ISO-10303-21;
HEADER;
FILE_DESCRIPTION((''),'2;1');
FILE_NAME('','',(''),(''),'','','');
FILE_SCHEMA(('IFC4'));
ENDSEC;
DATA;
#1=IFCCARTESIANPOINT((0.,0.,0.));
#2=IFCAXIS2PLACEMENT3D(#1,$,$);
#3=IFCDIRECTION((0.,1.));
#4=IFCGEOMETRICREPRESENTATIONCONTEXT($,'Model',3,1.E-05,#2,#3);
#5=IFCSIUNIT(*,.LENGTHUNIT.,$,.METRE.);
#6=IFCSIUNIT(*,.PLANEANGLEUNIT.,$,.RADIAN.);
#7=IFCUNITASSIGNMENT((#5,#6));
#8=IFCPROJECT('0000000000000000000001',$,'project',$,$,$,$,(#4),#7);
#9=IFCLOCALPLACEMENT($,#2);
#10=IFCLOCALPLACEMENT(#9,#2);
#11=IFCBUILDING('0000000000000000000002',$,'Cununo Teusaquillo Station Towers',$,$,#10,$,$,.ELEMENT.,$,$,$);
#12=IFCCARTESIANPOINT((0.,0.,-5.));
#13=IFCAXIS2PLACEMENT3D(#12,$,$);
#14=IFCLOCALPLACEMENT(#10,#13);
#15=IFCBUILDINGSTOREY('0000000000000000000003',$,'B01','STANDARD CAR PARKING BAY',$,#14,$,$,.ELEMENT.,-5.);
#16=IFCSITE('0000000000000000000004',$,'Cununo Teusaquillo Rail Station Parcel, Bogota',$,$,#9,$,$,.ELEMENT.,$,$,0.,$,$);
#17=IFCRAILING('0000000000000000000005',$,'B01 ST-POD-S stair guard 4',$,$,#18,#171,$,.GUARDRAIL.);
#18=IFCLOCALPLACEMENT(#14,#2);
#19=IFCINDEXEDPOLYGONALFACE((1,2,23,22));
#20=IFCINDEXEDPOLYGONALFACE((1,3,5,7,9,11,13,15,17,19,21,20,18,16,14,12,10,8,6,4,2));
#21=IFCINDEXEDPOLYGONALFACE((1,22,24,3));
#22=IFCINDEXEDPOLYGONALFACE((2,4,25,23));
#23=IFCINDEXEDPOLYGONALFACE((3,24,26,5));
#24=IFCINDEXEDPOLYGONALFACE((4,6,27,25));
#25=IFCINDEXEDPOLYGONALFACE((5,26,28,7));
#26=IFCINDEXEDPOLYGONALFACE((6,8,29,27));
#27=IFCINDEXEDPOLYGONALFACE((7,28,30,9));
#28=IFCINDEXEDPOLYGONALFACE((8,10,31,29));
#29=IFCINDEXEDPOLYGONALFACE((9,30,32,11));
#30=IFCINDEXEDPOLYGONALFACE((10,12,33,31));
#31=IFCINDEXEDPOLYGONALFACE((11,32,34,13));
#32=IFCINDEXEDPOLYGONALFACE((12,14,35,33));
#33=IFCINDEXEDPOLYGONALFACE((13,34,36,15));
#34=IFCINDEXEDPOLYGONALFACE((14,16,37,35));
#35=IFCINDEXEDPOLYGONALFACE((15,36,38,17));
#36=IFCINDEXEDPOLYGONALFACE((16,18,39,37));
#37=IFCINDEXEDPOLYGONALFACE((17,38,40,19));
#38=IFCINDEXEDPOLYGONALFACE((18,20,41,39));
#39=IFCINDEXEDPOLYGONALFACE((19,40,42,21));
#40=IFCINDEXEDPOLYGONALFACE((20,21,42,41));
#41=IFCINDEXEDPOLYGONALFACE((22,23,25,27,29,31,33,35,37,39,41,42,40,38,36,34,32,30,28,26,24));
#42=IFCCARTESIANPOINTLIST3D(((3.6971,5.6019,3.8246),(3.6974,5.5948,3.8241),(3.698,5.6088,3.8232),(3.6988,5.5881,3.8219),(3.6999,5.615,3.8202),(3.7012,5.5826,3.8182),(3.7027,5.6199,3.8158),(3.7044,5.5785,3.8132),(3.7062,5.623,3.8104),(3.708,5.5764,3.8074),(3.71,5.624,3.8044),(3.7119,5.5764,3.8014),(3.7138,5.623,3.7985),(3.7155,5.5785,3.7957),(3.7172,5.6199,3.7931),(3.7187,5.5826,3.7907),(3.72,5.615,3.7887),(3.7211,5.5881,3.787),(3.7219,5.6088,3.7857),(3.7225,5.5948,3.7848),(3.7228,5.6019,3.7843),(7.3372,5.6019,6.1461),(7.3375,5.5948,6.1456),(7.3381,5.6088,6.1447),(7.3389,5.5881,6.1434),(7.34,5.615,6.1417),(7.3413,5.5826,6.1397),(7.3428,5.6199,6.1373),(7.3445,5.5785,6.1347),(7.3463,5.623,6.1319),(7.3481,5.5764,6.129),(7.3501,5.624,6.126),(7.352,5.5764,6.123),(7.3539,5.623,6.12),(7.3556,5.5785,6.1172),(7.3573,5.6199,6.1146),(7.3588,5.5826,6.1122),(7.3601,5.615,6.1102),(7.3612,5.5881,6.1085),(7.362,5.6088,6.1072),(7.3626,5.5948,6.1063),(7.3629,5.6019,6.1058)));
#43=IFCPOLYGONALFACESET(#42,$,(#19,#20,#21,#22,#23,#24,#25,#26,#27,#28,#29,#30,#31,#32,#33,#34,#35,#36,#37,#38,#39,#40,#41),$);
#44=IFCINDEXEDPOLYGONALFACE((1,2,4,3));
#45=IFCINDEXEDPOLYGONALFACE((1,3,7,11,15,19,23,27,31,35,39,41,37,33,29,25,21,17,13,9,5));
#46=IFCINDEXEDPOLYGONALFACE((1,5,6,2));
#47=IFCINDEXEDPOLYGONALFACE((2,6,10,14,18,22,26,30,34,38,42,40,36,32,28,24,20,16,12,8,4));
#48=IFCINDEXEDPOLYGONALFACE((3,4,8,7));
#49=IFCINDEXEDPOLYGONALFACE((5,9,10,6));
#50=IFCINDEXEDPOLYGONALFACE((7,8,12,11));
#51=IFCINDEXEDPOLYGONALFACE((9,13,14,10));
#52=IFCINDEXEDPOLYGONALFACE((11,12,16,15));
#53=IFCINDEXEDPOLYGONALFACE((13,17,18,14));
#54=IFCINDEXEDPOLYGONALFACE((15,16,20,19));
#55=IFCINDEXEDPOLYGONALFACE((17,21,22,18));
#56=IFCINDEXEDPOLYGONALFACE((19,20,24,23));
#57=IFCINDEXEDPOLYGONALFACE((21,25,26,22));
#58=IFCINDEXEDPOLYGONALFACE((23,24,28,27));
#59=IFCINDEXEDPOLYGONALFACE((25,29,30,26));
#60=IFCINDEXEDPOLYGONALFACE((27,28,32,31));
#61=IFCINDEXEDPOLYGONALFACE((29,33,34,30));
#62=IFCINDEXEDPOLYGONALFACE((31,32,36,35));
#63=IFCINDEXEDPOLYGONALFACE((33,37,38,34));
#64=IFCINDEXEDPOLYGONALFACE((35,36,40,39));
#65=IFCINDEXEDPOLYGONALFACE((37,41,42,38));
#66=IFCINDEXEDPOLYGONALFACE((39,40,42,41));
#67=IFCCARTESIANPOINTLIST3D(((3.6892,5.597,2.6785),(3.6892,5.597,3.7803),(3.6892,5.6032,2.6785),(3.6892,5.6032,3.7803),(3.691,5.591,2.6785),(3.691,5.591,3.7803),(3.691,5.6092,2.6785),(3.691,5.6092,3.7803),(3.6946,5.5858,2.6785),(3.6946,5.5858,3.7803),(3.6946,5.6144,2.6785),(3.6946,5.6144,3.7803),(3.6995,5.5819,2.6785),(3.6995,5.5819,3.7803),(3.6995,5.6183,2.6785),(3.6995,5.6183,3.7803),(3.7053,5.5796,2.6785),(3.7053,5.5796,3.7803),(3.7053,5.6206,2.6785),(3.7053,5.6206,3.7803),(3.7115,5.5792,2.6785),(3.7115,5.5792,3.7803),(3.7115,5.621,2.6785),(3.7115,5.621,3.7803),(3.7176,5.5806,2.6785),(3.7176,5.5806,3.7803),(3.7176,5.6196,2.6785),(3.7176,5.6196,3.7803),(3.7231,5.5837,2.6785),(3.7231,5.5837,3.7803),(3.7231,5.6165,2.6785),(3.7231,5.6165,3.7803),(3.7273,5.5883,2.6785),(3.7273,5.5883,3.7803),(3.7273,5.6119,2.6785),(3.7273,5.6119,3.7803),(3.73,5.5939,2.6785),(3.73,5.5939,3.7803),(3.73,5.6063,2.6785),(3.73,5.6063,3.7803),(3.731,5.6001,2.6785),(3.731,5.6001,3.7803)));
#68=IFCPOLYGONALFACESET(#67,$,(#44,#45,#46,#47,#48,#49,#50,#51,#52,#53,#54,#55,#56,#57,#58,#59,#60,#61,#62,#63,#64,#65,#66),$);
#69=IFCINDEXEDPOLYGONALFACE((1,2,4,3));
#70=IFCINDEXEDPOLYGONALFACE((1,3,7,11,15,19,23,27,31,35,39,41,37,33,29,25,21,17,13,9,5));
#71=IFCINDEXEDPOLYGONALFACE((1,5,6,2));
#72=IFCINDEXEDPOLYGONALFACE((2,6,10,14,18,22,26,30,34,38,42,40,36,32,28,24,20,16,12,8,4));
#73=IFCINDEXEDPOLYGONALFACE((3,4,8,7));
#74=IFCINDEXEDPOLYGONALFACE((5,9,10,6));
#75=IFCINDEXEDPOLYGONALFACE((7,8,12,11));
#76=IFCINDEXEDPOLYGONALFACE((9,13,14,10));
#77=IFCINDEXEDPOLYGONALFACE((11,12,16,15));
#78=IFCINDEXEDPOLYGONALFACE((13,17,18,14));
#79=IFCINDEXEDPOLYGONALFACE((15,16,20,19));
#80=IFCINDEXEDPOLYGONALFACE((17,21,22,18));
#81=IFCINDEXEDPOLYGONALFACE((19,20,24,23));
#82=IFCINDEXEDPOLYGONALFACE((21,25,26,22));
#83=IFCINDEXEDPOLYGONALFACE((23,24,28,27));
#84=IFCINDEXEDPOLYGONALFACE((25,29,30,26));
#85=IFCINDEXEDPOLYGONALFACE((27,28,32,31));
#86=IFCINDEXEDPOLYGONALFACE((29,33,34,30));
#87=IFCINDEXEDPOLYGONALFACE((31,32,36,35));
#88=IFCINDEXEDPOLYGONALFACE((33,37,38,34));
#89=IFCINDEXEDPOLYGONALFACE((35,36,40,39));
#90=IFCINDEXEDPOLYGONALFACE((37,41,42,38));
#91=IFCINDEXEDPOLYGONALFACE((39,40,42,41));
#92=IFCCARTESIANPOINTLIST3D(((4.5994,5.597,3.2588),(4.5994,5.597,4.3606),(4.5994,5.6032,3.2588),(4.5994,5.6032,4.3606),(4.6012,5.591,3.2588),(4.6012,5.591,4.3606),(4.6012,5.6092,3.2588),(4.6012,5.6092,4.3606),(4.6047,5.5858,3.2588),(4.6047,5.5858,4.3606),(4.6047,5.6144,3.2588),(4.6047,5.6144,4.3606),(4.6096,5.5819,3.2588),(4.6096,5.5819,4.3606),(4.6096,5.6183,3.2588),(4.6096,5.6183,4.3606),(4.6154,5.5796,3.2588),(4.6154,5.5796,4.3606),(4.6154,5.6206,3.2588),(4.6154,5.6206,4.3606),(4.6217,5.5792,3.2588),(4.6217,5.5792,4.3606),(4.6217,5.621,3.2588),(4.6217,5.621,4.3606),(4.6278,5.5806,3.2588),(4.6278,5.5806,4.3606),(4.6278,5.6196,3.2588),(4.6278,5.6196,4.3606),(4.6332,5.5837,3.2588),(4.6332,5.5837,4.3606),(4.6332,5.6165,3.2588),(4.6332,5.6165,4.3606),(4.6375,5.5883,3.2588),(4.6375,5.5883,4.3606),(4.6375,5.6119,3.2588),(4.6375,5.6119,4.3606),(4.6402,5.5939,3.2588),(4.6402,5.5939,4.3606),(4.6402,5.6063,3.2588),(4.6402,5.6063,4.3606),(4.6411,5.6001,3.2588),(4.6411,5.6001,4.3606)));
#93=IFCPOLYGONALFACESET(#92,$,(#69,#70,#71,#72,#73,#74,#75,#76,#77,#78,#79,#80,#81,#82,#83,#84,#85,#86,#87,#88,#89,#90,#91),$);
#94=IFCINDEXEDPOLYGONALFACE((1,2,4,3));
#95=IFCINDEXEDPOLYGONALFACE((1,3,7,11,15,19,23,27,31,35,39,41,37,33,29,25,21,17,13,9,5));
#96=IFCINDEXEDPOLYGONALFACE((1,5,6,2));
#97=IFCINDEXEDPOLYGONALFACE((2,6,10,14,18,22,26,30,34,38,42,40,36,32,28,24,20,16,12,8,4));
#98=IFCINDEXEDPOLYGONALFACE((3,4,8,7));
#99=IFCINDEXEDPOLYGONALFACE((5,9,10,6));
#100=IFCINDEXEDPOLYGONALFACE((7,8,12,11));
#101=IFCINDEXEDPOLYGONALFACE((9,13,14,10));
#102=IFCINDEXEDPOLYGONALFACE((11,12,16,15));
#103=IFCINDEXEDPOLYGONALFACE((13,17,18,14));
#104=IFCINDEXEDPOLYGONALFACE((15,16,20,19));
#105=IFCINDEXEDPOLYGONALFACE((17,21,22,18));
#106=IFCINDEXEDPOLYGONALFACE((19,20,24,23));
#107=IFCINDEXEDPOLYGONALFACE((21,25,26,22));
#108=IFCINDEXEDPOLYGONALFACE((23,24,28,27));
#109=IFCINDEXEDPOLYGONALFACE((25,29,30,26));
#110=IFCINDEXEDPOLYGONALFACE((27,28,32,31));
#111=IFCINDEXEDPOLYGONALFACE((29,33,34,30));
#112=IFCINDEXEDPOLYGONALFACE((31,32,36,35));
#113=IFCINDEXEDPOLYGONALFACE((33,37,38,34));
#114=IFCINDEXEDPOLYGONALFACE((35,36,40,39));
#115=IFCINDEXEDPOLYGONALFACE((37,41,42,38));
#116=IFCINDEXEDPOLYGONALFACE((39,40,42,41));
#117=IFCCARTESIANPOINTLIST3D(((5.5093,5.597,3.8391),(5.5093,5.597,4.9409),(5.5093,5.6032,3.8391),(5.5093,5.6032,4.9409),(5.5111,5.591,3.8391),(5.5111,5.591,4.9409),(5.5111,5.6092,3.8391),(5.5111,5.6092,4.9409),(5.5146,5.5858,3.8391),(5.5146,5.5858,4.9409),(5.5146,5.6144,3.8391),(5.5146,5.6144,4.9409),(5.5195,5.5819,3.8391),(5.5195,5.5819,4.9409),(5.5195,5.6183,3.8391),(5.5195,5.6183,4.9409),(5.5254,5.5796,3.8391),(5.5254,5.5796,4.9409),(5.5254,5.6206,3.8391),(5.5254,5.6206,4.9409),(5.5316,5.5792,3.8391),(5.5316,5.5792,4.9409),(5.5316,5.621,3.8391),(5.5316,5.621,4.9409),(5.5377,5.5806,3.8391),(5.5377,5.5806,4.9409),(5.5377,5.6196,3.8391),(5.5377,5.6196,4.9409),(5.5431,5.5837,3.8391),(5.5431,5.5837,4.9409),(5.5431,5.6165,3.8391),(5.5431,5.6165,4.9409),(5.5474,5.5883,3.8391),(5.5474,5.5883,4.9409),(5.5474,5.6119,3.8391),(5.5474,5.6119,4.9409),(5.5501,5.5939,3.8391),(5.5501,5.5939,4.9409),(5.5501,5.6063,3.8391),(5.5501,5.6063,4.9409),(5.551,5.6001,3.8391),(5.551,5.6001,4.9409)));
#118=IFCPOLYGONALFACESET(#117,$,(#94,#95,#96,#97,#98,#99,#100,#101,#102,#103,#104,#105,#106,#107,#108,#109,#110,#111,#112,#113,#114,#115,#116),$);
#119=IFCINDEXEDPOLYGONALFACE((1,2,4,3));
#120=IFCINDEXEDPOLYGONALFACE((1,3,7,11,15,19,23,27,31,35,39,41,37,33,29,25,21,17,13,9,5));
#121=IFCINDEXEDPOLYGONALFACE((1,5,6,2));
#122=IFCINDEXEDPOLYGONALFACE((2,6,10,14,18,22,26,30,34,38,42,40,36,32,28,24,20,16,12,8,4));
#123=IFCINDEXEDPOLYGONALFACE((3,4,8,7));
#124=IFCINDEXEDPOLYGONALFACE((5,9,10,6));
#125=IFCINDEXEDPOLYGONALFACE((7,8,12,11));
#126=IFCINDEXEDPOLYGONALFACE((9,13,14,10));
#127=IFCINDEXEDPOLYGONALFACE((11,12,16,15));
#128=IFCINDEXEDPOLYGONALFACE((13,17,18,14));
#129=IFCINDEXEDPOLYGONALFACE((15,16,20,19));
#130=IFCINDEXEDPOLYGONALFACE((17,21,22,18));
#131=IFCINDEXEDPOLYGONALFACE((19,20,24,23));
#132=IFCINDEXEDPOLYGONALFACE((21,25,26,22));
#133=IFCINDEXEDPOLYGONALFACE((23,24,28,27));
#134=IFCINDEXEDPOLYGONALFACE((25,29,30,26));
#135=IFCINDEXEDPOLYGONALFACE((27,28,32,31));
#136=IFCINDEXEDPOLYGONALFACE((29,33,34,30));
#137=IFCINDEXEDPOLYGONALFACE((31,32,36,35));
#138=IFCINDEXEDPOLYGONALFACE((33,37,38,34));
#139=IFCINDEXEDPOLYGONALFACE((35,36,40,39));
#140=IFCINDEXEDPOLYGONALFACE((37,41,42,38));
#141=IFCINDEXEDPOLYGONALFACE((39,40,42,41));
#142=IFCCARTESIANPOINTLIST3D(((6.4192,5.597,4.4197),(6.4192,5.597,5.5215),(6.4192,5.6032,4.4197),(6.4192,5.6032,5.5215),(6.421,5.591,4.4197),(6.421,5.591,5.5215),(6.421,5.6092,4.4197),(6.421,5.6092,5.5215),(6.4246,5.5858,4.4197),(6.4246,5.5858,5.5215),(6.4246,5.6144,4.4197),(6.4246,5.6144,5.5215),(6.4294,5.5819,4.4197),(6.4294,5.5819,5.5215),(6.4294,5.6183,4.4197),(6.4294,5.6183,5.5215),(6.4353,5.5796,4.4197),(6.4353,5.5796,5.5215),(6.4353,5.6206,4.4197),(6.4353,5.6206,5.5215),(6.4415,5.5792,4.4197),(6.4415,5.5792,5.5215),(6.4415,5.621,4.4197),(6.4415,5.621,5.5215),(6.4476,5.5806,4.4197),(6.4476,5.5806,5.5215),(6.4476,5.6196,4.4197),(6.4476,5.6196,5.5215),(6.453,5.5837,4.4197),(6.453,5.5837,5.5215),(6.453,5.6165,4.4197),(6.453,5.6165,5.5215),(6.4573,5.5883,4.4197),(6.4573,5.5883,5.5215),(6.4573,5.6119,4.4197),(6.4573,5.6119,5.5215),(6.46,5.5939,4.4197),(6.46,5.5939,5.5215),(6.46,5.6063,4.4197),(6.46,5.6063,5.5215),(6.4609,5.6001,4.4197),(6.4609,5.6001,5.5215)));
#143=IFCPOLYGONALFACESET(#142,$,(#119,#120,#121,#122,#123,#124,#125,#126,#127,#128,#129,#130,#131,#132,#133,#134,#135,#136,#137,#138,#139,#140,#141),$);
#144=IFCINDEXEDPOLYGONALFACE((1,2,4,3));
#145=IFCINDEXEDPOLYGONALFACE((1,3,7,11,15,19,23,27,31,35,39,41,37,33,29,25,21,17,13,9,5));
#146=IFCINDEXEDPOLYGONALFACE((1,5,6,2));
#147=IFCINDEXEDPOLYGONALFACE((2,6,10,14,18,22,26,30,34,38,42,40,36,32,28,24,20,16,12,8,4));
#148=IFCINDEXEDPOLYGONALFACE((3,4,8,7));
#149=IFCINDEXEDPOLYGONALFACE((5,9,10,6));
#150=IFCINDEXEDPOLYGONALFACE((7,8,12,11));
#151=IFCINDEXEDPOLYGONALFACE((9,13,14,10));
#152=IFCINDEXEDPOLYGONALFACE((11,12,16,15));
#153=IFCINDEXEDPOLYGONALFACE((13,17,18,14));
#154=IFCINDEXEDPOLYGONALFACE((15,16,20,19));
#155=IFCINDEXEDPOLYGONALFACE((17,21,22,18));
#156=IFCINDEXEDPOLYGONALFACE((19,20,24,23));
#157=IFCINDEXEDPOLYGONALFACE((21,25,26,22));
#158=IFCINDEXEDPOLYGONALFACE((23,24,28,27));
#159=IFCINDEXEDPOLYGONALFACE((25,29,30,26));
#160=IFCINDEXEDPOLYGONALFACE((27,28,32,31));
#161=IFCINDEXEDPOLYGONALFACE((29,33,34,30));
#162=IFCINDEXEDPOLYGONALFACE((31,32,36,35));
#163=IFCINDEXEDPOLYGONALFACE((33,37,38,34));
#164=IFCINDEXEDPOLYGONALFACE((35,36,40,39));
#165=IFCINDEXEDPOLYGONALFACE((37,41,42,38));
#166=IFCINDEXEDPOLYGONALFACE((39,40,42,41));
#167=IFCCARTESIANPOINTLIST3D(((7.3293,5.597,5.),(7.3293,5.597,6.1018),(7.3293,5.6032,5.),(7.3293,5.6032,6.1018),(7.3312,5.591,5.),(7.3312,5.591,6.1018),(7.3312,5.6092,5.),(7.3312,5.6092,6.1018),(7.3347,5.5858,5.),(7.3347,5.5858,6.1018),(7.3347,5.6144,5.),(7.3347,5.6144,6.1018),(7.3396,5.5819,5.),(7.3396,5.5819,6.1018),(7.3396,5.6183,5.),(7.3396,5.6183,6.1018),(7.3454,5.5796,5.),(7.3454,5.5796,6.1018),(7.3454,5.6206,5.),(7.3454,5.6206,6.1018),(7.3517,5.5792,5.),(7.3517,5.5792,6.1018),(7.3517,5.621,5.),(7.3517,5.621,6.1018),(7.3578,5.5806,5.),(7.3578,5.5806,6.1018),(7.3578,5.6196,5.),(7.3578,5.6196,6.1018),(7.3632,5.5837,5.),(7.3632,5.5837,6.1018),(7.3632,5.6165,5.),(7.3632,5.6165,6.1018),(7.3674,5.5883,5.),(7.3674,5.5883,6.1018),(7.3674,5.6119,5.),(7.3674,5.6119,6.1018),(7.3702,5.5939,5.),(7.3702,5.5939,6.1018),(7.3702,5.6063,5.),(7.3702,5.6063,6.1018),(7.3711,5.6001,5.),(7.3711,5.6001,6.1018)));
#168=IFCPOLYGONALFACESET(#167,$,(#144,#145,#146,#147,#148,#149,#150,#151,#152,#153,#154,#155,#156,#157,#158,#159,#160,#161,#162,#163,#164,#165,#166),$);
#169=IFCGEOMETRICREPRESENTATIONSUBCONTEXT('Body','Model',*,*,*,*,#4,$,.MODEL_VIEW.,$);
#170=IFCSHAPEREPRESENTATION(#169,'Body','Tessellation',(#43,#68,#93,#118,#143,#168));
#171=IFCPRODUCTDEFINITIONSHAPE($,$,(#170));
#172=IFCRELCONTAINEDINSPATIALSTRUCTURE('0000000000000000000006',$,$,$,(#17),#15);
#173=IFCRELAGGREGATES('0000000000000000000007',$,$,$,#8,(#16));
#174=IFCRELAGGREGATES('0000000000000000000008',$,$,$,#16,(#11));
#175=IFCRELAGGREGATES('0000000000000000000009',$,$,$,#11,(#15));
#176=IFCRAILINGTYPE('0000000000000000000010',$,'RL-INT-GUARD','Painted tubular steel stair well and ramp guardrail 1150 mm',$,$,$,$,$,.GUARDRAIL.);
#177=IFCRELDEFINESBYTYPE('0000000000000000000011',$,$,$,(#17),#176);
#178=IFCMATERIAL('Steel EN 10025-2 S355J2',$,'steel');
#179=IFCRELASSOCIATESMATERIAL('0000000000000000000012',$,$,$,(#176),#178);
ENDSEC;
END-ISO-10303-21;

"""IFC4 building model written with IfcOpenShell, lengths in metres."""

from ifc_helpers import new_model, si_unit, direction, frame, origin, origin_2d, place, context, subcontext, project, spatial, circle, extrude, material, type_object, element, save


model = new_model("IFC4")

# Units and contexts
model_context = context("Model", 3, precision=1e-05, world=origin(), true_north=direction((0.0, 1.0)))
body_context = subcontext(model_context, "Body", "Model", "MODEL_VIEW")
ifc_project = project(units=[si_unit("LENGTHUNIT", "METRE"), si_unit("PLANEANGLEUNIT", "RADIAN")], contexts=[model_context])

# Site, building, storey
site_placement = place(None, origin())
site = spatial("IfcSite", under=ifc_project, at=site_placement, Name="Cununo Teusaquillo Rail Station Parcel, Bogota", CompositionType="ELEMENT", RefElevation=0.0)
building_placement = place(site_placement, origin())
building = spatial("IfcBuilding", under=site, at=building_placement, Name="Cununo Teusaquillo Station Towers", CompositionType="ELEMENT")
storey_placement = place(building_placement, frame((0.0, 0.0, -5.0)))
storey = spatial("IfcBuildingStorey", under=building, at=storey_placement, Name="B01", Description="STANDARD CAR PARKING BAY", CompositionType="ELEMENT", Elevation=-5.0)

# Railing
ifc_material_1 = material(Name="Steel EN 10025-2 S355J2", Category="steel")
railing_type_1 = type_object("IfcRailingType", Name="RL-INT-GUARD", Description="Painted tubular steel stair well and ramp guardrail 1150 mm", PredefinedType="GUARDRAIL", material=ifc_material_1)
railing_1_placement = place(storey_placement, frame((3.71, 5.6001, 2.6785)))
element("IfcRailing", 1, at=railing_1_placement, inside=storey, type_object=railing_type_1, Name="B01 ST-POD-S stair guard 4", PredefinedType="GUARDRAIL", context=body_context, shape_type="SweptSolid", body=[
    extrude(circle(Radius=0.0239, at=origin_2d()), frame((0.0, 0.0, 1.126), z_axis=(0.843128, 0.0, 0.537713), x_axis=(0.0, 1.0, 0.0)), (0.0, 0.0, 1.0), 4.3174),
    extrude(circle(Radius=0.021, at=origin_2d()), origin(), (0.0, 0.0, 1.0), 1.1018),
    extrude(circle(Radius=0.021, at=origin_2d()), frame((0.9102, 0.0, 0.5803)), (0.0, 0.0, 1.0), 1.1018),
    extrude(circle(Radius=0.021, at=origin_2d()), frame((1.8201, 0.0, 1.1606)), (0.0, 0.0, 1.0), 1.1018),
    extrude(circle(Radius=0.021, at=origin_2d()), frame((2.73, 0.0, 1.7412)), (0.0, 0.0, 1.0), 1.1018),
    extrude(circle(Radius=0.021, at=origin_2d()), frame((3.6401, 0.0, 2.3215)), (0.0, 0.0, 1.0), 1.1018),
])

save(model, "model.ifc")
